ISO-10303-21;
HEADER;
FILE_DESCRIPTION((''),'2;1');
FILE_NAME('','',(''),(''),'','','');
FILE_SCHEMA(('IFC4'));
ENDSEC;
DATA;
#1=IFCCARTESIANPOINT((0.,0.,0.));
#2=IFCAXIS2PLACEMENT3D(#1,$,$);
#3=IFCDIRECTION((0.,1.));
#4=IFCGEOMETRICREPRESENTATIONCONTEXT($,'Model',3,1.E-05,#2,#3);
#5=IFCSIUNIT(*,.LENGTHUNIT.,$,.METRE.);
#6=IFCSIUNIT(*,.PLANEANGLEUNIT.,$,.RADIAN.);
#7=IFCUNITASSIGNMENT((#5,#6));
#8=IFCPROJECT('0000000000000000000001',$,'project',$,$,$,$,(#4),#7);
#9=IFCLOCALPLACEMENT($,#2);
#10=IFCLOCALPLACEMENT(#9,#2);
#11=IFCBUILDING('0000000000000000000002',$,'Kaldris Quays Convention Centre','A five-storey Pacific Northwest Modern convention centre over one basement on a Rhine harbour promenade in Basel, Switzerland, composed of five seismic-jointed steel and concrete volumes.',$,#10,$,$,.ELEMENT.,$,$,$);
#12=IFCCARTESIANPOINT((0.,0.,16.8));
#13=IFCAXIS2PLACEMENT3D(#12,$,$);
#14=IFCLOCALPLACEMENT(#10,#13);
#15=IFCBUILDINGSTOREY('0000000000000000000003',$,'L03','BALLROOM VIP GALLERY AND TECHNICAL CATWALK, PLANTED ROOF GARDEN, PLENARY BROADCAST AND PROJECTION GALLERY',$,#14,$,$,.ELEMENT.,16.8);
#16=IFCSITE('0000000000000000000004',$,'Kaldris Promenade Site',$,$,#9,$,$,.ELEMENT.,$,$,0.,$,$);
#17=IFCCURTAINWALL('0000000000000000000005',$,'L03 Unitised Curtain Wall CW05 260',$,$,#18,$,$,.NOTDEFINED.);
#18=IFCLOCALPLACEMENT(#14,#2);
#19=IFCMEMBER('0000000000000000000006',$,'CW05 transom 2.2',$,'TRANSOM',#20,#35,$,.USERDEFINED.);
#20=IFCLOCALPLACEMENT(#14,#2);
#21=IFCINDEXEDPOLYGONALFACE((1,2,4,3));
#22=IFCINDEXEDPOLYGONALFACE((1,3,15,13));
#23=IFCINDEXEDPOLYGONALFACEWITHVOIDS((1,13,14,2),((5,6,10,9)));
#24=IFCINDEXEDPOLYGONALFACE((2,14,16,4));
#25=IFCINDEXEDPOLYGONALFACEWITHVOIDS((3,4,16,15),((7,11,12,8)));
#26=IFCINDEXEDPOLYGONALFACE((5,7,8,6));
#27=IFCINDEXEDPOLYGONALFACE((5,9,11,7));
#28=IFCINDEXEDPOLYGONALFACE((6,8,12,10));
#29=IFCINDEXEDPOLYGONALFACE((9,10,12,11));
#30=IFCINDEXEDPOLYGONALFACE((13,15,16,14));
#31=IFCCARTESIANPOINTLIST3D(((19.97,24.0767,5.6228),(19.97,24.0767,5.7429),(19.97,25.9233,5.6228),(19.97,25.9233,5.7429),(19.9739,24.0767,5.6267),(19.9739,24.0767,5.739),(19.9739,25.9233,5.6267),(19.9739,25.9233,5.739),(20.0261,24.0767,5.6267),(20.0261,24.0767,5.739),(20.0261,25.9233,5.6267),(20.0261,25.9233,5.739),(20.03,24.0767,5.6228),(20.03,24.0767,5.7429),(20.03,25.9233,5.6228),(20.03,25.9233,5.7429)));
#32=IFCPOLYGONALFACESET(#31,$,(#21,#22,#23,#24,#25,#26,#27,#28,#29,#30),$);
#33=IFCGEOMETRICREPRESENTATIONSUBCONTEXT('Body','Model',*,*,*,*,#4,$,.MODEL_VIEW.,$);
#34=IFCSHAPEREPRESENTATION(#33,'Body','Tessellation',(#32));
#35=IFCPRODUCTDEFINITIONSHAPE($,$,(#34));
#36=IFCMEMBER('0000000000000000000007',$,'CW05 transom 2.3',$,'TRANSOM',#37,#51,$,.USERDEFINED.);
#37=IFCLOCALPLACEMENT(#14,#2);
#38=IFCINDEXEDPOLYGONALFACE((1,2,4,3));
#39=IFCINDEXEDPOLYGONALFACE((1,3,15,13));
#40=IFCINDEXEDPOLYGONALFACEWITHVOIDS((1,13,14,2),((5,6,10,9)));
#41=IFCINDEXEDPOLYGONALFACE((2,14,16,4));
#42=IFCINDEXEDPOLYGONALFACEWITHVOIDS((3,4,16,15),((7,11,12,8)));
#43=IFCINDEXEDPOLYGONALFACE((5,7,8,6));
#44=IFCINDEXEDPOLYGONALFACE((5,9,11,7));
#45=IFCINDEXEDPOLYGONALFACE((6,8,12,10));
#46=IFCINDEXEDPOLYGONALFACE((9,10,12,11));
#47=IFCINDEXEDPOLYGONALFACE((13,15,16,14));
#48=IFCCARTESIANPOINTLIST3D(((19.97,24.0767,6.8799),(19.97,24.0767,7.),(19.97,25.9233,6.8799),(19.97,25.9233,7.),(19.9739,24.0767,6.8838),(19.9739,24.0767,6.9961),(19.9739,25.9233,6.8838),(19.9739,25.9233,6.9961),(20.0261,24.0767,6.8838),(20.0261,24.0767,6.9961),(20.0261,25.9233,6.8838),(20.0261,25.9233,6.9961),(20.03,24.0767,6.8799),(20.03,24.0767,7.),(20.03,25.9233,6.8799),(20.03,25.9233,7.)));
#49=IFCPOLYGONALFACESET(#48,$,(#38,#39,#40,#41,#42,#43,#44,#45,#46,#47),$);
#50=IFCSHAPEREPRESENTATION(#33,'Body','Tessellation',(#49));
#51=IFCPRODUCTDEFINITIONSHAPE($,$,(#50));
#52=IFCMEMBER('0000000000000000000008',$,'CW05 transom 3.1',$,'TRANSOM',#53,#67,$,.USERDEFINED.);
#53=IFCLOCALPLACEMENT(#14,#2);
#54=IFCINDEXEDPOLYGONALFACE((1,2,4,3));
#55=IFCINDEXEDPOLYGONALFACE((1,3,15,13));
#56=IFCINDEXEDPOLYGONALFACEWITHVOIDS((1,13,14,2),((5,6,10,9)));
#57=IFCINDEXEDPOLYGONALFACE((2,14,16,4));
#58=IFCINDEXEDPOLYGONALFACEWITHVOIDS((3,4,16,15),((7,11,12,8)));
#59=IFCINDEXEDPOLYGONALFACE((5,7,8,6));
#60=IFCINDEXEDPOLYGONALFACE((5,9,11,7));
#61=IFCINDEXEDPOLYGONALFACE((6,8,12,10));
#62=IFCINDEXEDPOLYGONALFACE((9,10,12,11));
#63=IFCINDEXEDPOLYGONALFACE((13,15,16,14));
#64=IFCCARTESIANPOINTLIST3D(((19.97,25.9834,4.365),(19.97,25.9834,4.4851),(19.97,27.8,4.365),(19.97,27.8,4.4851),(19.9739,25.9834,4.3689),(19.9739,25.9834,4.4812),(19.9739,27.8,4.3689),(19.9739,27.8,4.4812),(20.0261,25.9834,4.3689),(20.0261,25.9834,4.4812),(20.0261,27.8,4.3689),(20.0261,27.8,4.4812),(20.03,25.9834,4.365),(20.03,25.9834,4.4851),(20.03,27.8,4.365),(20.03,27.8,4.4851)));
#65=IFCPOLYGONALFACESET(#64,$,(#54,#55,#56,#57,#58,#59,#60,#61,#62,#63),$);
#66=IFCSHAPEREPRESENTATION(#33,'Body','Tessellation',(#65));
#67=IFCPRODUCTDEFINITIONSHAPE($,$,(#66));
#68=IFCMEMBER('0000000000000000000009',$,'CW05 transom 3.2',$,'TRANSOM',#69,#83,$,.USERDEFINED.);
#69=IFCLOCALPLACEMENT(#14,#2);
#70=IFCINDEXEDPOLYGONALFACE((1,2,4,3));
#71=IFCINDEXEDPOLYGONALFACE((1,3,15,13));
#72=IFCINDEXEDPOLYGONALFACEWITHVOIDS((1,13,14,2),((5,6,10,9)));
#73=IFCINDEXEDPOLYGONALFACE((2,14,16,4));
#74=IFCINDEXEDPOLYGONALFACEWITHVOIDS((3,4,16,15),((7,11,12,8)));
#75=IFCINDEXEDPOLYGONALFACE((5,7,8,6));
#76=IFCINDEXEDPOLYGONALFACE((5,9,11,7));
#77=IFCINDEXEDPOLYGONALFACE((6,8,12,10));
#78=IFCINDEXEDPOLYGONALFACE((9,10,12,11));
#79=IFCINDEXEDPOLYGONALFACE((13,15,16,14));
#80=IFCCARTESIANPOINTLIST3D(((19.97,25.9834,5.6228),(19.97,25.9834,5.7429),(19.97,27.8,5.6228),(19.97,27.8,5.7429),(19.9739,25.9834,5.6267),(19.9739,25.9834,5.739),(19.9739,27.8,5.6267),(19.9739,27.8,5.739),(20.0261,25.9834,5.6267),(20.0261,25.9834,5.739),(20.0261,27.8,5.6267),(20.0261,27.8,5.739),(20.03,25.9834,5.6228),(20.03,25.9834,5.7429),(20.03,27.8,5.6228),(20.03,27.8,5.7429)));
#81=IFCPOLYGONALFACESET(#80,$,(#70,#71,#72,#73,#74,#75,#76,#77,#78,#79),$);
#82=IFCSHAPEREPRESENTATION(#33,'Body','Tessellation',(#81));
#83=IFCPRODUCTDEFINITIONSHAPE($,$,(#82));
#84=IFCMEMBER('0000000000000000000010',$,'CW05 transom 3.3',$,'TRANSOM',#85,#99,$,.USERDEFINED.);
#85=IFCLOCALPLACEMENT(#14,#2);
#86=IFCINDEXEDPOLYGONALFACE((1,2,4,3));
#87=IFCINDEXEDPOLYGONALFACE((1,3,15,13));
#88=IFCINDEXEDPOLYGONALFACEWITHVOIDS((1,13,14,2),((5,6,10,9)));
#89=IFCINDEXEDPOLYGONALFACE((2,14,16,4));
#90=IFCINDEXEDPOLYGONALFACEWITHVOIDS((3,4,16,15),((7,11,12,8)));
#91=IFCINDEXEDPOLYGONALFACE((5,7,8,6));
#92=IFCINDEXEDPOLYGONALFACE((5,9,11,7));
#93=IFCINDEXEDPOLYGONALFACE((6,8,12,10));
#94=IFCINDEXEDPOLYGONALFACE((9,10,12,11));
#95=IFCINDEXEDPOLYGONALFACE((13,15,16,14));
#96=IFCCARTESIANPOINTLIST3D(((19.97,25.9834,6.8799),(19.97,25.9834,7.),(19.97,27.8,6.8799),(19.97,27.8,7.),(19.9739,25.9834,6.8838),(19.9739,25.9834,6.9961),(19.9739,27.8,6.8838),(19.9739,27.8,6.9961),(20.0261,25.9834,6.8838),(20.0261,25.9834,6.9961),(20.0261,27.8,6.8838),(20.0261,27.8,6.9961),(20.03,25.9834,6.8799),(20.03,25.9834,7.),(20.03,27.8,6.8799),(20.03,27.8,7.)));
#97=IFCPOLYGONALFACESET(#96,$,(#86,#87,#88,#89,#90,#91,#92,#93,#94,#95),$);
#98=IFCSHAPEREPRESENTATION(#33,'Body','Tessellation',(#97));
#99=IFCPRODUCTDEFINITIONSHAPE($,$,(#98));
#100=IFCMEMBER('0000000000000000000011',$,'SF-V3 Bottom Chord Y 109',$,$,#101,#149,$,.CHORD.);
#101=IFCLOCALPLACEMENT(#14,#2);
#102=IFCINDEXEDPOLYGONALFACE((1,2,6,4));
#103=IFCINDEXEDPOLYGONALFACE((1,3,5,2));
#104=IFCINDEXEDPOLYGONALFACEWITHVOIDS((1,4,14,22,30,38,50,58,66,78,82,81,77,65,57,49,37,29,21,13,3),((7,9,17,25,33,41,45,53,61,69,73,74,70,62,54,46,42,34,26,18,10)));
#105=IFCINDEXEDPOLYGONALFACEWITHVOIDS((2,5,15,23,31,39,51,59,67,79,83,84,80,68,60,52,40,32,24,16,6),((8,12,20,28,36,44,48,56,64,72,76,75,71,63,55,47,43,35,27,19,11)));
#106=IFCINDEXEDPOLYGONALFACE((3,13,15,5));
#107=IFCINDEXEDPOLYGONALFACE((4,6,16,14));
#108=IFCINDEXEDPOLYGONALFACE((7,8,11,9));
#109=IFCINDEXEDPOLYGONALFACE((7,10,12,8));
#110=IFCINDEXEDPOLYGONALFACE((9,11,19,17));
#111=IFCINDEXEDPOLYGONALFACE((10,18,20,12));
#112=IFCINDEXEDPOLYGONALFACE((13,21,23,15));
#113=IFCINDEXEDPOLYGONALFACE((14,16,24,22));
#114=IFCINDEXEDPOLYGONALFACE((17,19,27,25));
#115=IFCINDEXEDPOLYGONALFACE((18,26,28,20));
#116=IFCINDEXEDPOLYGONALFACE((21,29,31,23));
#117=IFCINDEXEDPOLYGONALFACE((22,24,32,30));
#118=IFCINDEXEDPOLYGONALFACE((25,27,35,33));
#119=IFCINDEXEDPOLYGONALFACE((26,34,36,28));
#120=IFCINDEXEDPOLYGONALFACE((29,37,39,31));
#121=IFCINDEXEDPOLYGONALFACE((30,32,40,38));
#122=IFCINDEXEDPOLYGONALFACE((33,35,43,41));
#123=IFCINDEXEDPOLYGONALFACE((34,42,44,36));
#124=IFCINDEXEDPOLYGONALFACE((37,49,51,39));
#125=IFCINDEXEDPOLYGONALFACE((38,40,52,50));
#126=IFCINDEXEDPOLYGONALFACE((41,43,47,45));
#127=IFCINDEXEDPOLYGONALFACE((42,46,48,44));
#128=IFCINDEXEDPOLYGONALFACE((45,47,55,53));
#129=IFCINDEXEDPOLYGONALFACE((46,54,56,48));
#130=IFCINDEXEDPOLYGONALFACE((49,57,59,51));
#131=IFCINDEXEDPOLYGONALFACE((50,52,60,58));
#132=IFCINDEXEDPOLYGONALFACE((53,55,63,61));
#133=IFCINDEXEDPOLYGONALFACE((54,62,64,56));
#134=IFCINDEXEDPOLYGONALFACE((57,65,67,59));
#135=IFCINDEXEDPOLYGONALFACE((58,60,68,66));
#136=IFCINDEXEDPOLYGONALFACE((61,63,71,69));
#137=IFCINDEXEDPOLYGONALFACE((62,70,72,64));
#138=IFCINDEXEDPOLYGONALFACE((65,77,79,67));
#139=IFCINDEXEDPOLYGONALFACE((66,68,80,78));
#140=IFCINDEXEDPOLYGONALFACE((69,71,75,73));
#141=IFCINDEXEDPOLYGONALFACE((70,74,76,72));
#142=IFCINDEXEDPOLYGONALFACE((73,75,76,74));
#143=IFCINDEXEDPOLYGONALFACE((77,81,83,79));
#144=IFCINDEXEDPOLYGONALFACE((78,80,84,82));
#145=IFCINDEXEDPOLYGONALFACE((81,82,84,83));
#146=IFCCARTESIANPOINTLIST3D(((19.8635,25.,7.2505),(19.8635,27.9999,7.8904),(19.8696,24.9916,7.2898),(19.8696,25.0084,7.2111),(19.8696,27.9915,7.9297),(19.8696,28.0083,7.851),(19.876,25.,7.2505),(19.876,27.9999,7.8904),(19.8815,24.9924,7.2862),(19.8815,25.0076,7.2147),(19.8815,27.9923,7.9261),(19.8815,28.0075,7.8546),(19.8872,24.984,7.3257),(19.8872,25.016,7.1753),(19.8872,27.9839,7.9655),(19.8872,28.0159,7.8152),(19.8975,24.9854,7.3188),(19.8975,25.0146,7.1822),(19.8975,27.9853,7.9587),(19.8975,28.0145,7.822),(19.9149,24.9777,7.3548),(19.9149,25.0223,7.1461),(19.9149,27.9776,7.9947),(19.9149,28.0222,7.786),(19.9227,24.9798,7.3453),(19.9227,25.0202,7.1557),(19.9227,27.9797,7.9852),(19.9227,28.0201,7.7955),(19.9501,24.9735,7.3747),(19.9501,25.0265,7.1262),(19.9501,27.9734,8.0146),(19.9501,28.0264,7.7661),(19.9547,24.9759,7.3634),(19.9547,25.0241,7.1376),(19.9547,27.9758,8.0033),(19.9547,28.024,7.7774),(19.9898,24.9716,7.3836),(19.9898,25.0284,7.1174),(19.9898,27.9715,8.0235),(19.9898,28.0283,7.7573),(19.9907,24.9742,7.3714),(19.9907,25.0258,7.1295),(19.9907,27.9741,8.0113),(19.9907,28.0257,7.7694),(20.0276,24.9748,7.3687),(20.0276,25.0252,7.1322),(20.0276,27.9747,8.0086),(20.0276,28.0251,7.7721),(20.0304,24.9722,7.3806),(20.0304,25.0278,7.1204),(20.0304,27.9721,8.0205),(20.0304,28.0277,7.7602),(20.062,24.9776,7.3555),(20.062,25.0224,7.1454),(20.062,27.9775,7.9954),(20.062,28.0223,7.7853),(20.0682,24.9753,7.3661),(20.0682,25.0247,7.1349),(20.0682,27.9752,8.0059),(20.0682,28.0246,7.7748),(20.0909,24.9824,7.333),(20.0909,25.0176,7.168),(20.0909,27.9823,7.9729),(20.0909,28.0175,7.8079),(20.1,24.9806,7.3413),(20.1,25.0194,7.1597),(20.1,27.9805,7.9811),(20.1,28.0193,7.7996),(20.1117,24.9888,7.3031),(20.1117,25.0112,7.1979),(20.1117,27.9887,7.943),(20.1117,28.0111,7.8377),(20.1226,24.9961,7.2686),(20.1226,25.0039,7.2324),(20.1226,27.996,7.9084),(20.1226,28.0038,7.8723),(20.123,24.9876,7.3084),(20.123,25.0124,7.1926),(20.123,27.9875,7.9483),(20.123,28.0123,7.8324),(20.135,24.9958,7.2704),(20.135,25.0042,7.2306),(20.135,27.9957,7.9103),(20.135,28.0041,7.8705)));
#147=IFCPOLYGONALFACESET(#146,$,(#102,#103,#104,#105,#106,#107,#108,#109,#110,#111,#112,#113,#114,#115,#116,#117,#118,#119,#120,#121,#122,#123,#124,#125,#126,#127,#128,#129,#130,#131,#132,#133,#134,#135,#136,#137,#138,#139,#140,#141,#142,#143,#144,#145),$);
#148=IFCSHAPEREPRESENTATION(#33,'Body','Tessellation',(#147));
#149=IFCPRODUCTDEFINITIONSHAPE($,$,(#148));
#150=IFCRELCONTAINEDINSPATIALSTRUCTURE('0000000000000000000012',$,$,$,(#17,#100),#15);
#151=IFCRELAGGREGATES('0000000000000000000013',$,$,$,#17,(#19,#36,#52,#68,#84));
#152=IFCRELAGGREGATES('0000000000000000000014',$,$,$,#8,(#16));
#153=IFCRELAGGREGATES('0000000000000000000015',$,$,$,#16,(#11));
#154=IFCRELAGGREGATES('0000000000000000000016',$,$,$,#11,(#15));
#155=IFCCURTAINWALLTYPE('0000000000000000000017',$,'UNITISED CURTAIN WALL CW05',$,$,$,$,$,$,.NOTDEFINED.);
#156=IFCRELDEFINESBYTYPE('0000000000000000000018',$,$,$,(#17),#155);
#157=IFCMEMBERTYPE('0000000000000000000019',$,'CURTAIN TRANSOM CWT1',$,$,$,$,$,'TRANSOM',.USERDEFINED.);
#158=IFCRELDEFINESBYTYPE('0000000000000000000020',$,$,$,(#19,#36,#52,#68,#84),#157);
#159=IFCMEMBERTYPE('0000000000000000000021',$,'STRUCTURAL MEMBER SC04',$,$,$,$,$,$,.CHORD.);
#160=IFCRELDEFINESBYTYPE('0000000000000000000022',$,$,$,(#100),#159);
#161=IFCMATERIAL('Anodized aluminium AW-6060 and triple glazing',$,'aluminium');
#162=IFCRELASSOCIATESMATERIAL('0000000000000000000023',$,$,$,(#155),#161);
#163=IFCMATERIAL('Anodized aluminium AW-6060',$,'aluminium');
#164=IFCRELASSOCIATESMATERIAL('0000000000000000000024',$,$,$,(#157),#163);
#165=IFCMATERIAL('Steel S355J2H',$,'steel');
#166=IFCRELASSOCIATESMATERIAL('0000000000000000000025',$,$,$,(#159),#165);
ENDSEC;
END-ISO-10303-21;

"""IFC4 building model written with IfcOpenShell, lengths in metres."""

from ifc_helpers import new_model, si_unit, direction, frame, origin, origin_2d, place, context, subcontext, project, spatial, hollow_rectangle, hollow_circle, extrude, material, material_profile, profile_set, type_object, element, aggregate, save


model = new_model("IFC4")

# Units and contexts
model_context = context("Model", 3, precision=1e-05, world=origin(), true_north=direction((0.0, 1.0)))
body_context = subcontext(model_context, "Body", "Model", "MODEL_VIEW")
ifc_project = project(units=[si_unit("LENGTHUNIT", "METRE"), si_unit("PLANEANGLEUNIT", "RADIAN")], contexts=[model_context])

# Site, building, storey
site_placement = place(None, origin())
site = spatial("IfcSite", under=ifc_project, at=site_placement, Name="Kaldris Promenade Site", CompositionType="ELEMENT", RefElevation=0.0)
building_placement = place(site_placement, origin())
building = spatial("IfcBuilding", under=site, at=building_placement, Name="Kaldris Quays Convention Centre", Description="A five-storey Pacific Northwest Modern convention centre over one basement on a Rhine harbour promenade in Basel, Switzerland, composed of five seismic-jointed steel and concrete volumes.", CompositionType="ELEMENT")
storey_placement = place(building_placement, frame((0.0, 0.0, 16.8)))
storey = spatial("IfcBuildingStorey", under=building, at=storey_placement, Name="L03", Description="BALLROOM VIP GALLERY AND TECHNICAL CATWALK, PLANTED ROOF GARDEN, PLENARY BROADCAST AND PROJECTION GALLERY", CompositionType="ELEMENT", Elevation=16.8)

# Curtain wall, members
ifc_material_1 = material(Name="Anodized aluminium AW-6060 and triple glazing", Category="aluminium")
curtain_wall_type = type_object("IfcCurtainWallType", Name="UNITISED CURTAIN WALL CW05", PredefinedType="NOTDEFINED", material=ifc_material_1)
curtain_wall_placement = place(storey_placement, origin())
curtain_wall = element("IfcCurtainWall", 1, at=curtain_wall_placement, inside=storey, type_object=curtain_wall_type, Name="L03 Unitised Curtain Wall CW05 260", PredefinedType="NOTDEFINED")
ifc_material_2 = material(Name="Anodized aluminium AW-6060", Category="aluminium")
ifc_material_profile_1 = material_profile(ifc_material_2, hollow_rectangle(XDim=0.0601, YDim=0.1201, WallThickness=0.0039, at=origin_2d()), Name="RHS 120x60x4")
ifc_profile_set_1 = profile_set([ifc_material_profile_1], Name="Anodized aluminium AW-6060")
member_type_1 = type_object("IfcMemberType", Name="CURTAIN TRANSOM CWT1", ElementType="TRANSOM", PredefinedType="USERDEFINED", material=ifc_profile_set_1)
member_1_placement = place(storey_placement, frame((20.0, 24.0767, 5.6829), z_axis=(0.0, 1.0, 0.0), x_axis=(-1.0, 0.0, 0.0)))
member_1 = element("IfcMember", 2, at=member_1_placement, type_object=member_type_1, Name="CW05 transom 2.2", ObjectType="TRANSOM", PredefinedType="USERDEFINED", context=body_context, shape_type="SweptSolid", body=[
    extrude(hollow_rectangle(XDim=0.0601, YDim=0.1201, WallThickness=0.0039, at=origin_2d()), origin(), (0.0, 0.0, 1.0), 1.8467),
])
member_2_placement = place(storey_placement, frame((20.0, 24.0767, 6.9399), z_axis=(0.0, 1.0, 0.0), x_axis=(-1.0, 0.0, 0.0)))
member_2 = element("IfcMember", 3, at=member_2_placement, type_object=member_type_1, Name="CW05 transom 2.3", ObjectType="TRANSOM", PredefinedType="USERDEFINED", context=body_context, shape_type="SweptSolid", body=[
    extrude(hollow_rectangle(XDim=0.0601, YDim=0.1201, WallThickness=0.0039, at=origin_2d()), origin(), (0.0, 0.0, 1.0), 1.8467),
])
member_3_placement = place(storey_placement, frame((20.0, 25.9834, 4.425), z_axis=(0.0, 1.0, 0.0), x_axis=(-1.0, 0.0, 0.0)))
member_3 = element("IfcMember", 4, at=member_3_placement, type_object=member_type_1, Name="CW05 transom 3.1", ObjectType="TRANSOM", PredefinedType="USERDEFINED", context=body_context, shape_type="SweptSolid", body=[
    extrude(hollow_rectangle(XDim=0.0601, YDim=0.1201, WallThickness=0.0039, at=origin_2d()), origin(), (0.0, 0.0, 1.0), 1.8167),
])
member_4_placement = place(storey_placement, frame((20.0, 25.9834, 5.6829), z_axis=(0.0, 1.0, 0.0), x_axis=(-1.0, 0.0, 0.0)))
member_4 = element("IfcMember", 5, at=member_4_placement, type_object=member_type_1, Name="CW05 transom 3.2", ObjectType="TRANSOM", PredefinedType="USERDEFINED", context=body_context, shape_type="SweptSolid", body=[
    extrude(hollow_rectangle(XDim=0.0601, YDim=0.1201, WallThickness=0.0039, at=origin_2d()), origin(), (0.0, 0.0, 1.0), 1.8167),
])
member_5_placement = place(storey_placement, frame((20.0, 25.9834, 6.9399), z_axis=(0.0, 1.0, 0.0), x_axis=(-1.0, 0.0, 0.0)))
member_5 = element("IfcMember", 6, at=member_5_placement, type_object=member_type_1, Name="CW05 transom 3.3", ObjectType="TRANSOM", PredefinedType="USERDEFINED", context=body_context, shape_type="SweptSolid", body=[
    extrude(hollow_rectangle(XDim=0.0601, YDim=0.1201, WallThickness=0.0039, at=origin_2d()), origin(), (0.0, 0.0, 1.0), 1.8167),
])

# Member
ifc_material_3 = material(Name="Steel S355J2H", Category="steel")
ifc_material_profile_2 = material_profile(ifc_material_3, hollow_circle(Radius=0.1365, WallThickness=0.0125, at=origin_2d()), Name="CHS 273x12.5")
ifc_profile_set_2 = profile_set([ifc_material_profile_2], Name="Steel S355J2H")
member_type_2 = type_object("IfcMemberType", Name="STRUCTURAL MEMBER SC04", PredefinedType="CHORD", material=ifc_profile_set_2)
member_6_placement = place(storey_placement, frame((20.0, 25.0, 7.2505), z_axis=(0.0, 0.978, 0.208605), x_axis=(-1.0, 0.0, 0.0)))
element("IfcMember", 7, at=member_6_placement, inside=storey, type_object=member_type_2, Name="SF-V3 Bottom Chord Y 109", PredefinedType="CHORD", context=body_context, shape_type="SweptSolid", body=[
    extrude(hollow_circle(Radius=0.1365, WallThickness=0.0125, at=origin_2d()), origin(), (0.0, 0.0, 1.0), 3.0674),
])

aggregate(curtain_wall, [member_1, member_2, member_3, member_4, member_5])

save(model, "model.ifc")
